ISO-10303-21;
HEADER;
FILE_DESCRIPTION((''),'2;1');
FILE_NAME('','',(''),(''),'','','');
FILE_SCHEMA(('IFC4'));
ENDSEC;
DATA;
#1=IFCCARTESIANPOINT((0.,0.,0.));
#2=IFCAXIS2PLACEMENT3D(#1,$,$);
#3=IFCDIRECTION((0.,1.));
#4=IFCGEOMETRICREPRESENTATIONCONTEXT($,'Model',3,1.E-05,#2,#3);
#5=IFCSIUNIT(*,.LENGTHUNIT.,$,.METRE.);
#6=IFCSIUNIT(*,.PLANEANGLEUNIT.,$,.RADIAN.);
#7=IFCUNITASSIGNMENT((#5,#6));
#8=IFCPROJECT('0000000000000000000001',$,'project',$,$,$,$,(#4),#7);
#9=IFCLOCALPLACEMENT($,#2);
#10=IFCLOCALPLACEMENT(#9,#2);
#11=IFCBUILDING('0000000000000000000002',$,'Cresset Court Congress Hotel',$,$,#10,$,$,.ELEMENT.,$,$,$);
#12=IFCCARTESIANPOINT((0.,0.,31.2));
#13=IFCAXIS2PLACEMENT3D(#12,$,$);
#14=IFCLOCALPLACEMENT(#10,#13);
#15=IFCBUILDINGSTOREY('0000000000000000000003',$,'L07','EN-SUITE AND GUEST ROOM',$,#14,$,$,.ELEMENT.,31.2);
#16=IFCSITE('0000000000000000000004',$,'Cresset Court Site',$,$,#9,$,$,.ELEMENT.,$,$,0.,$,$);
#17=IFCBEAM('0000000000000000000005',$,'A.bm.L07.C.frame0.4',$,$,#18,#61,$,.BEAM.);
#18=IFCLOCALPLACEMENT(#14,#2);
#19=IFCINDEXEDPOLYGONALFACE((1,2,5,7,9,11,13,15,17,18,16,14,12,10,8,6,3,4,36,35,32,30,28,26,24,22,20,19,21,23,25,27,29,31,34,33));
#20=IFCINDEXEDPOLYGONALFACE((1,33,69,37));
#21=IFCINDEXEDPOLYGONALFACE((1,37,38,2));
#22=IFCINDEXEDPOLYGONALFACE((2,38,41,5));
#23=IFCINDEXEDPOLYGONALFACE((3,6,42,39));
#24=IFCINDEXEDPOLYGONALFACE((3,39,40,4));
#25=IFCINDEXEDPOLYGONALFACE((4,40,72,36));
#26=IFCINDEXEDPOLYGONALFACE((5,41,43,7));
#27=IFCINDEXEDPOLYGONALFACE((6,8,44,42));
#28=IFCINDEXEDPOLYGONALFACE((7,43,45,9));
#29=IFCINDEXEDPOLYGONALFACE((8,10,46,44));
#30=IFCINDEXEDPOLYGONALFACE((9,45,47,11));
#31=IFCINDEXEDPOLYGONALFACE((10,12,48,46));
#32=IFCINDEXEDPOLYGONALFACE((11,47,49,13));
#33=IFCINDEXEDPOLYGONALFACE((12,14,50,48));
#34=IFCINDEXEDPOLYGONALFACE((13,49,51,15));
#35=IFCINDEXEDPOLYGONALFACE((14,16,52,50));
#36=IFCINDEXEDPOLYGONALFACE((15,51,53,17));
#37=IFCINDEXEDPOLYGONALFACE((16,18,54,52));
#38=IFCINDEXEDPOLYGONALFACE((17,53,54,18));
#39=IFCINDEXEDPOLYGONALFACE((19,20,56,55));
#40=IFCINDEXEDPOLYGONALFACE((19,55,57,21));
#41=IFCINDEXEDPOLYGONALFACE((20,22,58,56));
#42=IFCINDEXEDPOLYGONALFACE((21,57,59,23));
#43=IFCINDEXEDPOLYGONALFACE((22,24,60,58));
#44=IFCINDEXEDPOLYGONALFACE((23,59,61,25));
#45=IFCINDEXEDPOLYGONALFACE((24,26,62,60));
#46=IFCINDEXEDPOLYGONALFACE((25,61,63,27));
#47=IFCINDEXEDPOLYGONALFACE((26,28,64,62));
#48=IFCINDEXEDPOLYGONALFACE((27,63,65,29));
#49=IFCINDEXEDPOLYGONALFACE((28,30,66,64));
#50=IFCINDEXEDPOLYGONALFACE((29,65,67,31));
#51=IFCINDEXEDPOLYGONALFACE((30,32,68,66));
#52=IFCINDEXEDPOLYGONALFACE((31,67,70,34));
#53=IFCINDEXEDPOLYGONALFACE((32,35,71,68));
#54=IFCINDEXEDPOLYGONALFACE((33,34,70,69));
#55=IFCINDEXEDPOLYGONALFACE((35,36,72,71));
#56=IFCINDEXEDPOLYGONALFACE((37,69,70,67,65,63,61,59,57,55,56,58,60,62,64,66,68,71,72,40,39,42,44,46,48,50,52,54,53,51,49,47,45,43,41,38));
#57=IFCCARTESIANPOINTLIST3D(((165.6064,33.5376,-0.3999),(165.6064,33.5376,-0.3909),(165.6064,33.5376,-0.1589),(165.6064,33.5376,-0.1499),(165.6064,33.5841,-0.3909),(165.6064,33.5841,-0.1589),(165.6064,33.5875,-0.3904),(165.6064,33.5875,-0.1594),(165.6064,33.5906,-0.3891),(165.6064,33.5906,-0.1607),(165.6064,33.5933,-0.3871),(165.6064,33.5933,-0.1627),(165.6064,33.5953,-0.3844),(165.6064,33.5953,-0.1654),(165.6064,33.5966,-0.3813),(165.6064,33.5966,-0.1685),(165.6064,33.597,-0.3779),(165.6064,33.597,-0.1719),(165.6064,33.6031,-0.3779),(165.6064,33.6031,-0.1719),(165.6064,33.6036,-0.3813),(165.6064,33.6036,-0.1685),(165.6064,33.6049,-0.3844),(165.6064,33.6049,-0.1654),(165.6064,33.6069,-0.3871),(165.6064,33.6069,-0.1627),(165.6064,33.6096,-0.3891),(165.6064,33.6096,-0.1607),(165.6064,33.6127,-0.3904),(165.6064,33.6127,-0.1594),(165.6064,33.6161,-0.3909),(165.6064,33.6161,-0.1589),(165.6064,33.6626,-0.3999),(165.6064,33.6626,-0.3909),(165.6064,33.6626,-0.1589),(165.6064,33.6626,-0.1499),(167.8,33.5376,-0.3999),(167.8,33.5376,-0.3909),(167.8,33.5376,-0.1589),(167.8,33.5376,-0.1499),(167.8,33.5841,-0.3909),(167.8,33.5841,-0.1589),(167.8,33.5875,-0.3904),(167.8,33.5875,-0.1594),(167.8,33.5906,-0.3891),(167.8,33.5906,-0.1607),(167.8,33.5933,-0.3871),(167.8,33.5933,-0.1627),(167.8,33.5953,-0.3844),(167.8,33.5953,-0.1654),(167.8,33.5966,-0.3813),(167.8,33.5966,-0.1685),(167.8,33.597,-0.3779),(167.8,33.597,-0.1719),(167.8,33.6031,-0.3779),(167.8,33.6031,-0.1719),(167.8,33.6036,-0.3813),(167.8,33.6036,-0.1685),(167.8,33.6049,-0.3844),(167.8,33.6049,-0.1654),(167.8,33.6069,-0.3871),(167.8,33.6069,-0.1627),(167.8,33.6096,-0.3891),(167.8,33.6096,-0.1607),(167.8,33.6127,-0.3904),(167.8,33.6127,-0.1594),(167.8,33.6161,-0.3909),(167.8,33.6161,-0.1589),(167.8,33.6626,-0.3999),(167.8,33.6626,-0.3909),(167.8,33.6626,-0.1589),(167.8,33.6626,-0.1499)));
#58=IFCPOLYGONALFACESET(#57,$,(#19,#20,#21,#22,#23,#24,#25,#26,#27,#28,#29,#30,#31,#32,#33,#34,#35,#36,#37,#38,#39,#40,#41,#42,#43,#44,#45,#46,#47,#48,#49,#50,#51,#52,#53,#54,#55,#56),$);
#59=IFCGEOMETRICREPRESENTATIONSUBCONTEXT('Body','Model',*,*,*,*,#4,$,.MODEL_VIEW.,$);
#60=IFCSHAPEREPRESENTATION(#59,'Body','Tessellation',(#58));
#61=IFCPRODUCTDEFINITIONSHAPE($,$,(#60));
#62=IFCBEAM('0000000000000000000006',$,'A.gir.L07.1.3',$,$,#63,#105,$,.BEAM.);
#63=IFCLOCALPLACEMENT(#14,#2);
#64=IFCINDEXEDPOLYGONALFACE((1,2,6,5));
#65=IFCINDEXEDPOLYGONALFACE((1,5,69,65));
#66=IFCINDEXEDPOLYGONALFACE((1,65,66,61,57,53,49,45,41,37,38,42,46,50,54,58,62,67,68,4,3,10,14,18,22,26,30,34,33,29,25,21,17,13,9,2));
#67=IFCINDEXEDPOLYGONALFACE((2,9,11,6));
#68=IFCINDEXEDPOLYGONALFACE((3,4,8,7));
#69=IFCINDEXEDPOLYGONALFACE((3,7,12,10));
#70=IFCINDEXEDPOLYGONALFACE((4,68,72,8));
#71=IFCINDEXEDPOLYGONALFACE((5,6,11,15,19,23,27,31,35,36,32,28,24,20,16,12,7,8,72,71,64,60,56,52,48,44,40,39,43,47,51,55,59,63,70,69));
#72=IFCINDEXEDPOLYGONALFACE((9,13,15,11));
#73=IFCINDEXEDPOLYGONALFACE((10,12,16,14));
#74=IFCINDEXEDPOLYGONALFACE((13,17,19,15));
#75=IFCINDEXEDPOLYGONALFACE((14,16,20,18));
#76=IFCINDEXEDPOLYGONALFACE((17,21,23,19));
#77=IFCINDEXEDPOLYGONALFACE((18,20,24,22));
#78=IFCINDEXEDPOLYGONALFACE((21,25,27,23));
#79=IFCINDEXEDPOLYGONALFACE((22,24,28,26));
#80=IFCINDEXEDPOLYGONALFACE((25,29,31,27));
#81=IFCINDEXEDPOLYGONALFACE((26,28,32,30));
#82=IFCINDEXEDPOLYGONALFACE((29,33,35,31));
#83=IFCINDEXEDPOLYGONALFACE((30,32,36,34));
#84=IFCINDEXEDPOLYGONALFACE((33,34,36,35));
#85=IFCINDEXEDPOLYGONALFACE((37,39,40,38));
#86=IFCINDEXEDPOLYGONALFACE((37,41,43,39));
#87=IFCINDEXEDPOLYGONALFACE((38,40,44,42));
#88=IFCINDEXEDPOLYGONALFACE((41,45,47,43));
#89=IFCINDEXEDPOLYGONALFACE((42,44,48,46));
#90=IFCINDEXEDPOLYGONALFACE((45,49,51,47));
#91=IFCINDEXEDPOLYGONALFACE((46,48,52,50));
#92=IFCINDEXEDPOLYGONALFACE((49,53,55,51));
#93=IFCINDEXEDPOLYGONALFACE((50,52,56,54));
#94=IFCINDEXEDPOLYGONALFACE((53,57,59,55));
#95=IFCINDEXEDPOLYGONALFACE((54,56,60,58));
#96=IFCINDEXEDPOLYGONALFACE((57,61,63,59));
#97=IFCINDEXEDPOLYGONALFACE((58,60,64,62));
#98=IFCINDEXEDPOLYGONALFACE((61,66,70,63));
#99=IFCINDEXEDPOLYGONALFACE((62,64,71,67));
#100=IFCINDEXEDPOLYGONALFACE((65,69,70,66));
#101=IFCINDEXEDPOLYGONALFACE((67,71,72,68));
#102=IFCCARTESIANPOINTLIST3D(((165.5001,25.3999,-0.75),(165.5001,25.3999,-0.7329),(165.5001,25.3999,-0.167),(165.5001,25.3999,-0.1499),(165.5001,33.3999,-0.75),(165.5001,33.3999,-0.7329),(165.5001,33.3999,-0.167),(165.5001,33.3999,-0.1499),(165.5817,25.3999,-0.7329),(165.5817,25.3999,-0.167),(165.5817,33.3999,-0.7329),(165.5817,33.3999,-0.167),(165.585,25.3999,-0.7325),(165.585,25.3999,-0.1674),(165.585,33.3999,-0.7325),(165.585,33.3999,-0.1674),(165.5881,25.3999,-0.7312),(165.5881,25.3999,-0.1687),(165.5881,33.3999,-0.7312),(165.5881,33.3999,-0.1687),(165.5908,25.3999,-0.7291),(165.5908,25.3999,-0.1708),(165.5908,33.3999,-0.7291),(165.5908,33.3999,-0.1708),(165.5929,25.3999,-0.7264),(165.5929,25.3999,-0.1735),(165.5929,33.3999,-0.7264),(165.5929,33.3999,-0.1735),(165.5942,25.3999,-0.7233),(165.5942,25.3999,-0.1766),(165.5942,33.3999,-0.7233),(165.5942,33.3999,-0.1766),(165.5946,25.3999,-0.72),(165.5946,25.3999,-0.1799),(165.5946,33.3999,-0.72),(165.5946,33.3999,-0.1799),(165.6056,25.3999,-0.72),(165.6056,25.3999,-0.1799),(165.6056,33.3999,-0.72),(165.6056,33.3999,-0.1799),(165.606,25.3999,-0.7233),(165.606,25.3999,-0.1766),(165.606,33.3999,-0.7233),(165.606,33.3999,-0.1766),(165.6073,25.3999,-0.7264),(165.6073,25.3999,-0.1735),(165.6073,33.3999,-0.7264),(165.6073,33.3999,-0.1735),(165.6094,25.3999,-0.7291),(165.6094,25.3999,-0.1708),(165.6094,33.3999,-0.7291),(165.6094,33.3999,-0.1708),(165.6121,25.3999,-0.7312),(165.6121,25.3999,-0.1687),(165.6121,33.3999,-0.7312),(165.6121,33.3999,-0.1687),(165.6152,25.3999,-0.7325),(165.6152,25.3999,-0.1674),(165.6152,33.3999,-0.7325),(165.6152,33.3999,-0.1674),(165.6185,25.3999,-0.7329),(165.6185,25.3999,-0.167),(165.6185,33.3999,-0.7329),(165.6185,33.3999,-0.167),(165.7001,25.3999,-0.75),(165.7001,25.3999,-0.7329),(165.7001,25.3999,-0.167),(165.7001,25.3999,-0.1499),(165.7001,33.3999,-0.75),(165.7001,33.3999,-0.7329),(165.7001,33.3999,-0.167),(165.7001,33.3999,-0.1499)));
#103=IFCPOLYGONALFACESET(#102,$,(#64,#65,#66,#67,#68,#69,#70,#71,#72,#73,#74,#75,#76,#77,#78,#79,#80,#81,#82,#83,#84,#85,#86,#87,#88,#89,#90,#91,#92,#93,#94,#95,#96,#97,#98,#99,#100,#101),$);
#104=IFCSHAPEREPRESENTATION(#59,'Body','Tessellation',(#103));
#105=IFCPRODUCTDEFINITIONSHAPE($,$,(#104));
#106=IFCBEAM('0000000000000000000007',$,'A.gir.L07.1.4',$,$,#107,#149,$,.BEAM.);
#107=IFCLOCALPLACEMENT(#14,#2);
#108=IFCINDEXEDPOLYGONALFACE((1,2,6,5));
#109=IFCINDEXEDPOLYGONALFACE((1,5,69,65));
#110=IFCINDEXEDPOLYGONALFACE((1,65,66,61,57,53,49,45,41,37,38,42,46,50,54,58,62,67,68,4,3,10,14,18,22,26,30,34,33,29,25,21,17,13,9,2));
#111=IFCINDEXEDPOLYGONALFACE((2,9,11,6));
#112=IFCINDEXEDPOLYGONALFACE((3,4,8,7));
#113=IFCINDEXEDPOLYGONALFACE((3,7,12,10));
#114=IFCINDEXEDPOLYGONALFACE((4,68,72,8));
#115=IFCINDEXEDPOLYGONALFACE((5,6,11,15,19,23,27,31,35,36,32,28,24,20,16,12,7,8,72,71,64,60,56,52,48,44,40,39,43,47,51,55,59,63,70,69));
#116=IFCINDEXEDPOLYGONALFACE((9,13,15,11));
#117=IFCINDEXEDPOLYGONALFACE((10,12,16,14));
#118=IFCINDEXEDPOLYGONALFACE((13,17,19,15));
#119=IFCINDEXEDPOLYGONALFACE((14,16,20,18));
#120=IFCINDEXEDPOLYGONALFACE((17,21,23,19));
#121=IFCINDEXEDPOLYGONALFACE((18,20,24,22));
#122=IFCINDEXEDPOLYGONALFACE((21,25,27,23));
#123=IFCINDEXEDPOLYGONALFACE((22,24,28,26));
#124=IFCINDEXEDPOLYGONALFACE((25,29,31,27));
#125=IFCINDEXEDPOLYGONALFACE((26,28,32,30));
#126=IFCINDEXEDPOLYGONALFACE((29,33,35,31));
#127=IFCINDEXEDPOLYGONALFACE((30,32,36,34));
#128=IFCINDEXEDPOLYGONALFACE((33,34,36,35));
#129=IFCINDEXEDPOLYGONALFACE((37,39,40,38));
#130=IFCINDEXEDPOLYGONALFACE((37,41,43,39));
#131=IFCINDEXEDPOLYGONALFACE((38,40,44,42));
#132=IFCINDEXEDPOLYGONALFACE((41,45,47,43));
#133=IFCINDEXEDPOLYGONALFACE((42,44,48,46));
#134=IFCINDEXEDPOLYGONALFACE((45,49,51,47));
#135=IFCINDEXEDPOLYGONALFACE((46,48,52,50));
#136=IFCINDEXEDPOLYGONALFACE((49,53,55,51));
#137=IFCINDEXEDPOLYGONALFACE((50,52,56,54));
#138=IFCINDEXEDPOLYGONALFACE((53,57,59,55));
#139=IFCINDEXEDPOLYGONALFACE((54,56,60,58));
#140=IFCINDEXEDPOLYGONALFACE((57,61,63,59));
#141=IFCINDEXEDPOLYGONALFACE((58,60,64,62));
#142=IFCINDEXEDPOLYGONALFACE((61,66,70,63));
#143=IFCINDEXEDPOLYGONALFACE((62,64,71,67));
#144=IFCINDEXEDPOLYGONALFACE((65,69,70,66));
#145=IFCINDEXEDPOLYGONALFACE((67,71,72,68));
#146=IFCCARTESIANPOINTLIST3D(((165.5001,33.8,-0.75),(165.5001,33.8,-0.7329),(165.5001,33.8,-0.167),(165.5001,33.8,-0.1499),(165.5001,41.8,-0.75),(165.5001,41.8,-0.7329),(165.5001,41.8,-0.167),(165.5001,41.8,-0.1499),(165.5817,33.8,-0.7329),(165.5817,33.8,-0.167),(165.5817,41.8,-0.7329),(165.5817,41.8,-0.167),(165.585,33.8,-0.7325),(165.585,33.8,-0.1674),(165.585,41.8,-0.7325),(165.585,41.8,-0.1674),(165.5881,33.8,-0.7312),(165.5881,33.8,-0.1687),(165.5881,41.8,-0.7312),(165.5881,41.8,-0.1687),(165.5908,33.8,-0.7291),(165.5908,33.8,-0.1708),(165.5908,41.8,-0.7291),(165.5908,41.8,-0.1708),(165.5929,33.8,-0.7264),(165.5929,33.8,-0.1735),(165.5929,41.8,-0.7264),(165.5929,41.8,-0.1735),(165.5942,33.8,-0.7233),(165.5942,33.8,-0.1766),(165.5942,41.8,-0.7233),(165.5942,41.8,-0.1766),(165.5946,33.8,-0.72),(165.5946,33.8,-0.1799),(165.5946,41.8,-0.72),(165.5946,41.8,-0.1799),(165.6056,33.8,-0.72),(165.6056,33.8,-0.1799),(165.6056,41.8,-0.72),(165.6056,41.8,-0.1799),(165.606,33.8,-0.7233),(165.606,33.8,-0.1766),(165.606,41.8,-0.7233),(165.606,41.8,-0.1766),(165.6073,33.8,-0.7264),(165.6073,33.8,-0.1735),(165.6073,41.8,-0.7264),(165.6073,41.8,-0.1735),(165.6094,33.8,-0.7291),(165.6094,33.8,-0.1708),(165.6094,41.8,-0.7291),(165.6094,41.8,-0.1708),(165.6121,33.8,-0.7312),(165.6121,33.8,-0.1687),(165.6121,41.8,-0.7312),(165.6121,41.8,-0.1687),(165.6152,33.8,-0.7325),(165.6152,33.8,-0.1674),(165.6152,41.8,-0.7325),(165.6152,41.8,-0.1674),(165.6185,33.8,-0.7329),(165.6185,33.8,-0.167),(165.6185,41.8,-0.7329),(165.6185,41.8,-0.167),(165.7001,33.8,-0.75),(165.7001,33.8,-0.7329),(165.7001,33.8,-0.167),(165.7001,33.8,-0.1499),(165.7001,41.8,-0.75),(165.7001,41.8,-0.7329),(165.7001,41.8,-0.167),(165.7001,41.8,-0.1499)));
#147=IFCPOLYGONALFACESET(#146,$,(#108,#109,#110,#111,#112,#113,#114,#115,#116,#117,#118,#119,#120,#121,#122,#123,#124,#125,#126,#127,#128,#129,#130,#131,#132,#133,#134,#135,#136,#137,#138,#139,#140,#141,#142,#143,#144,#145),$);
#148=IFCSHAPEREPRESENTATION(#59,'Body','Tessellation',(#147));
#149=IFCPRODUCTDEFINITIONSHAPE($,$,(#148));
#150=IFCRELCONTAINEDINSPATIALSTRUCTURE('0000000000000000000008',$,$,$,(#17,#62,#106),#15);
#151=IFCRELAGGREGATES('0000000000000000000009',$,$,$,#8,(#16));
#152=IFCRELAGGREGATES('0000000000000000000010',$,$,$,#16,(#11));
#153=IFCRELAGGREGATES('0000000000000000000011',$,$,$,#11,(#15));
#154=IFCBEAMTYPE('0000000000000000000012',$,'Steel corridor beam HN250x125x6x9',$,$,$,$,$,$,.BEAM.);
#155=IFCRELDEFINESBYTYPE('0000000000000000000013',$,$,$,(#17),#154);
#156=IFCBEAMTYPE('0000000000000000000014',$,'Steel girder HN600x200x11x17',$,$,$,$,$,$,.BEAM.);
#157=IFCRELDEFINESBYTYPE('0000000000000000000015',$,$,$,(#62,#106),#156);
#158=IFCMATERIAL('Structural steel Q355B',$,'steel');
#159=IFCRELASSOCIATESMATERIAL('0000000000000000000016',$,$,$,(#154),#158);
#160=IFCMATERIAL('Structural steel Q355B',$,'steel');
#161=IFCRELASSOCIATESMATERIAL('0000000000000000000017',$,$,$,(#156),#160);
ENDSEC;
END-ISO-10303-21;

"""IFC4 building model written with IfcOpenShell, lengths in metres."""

from ifc_helpers import new_model, si_unit, direction, frame, origin, origin_2d, place, context, subcontext, project, spatial, i_section, extrude, material, material_profile, profile_set, type_object, element, save


model = new_model("IFC4")

# Units and contexts
model_context = context("Model", 3, precision=1e-05, world=origin(), true_north=direction((0.0, 1.0)))
body_context = subcontext(model_context, "Body", "Model", "MODEL_VIEW")
ifc_project = project(units=[si_unit("LENGTHUNIT", "METRE"), si_unit("PLANEANGLEUNIT", "RADIAN")], contexts=[model_context])

# Site, building, storey
site_placement = place(None, origin())
site = spatial("IfcSite", under=ifc_project, at=site_placement, Name="Cresset Court Site", CompositionType="ELEMENT", RefElevation=0.0)
building_placement = place(site_placement, origin())
building = spatial("IfcBuilding", under=site, at=building_placement, Name="Cresset Court Congress Hotel", CompositionType="ELEMENT")
storey_placement = place(building_placement, frame((0.0, 0.0, 31.2)))
storey = spatial("IfcBuildingStorey", under=building, at=storey_placement, Name="L07", Description="EN-SUITE AND GUEST ROOM", CompositionType="ELEMENT", Elevation=31.2)

# Beams
ifc_material_1 = material(Name="Structural steel Q355B", Category="steel")
ifc_material_profile_1 = material_profile(ifc_material_1, i_section(OverallWidth=0.125, OverallDepth=0.25, WebThickness=0.0061, FlangeThickness=0.009, FilletRadius=0.0129, at=origin_2d()), Name="HN250x125x6x9")
ifc_profile_set_1 = profile_set([ifc_material_profile_1], Name="Structural steel Q355B")
beam_type_1 = type_object("IfcBeamType", Name="Steel corridor beam HN250x125x6x9", PredefinedType="BEAM", material=ifc_profile_set_1)
beam_1_placement = place(storey_placement, frame((165.6064, 33.6001, -0.2749), z_axis=(1.0, 0.0, 0.0), x_axis=(0.0, 1.0, 0.0)))
element("IfcBeam", 1, at=beam_1_placement, inside=storey, type_object=beam_type_1, Name="A.bm.L07.C.frame0.4", PredefinedType="BEAM", context=body_context, shape_type="SweptSolid", body=[
    extrude(i_section(OverallWidth=0.125, OverallDepth=0.25, WebThickness=0.0061, FlangeThickness=0.009, FilletRadius=0.0129, at=origin_2d()), origin(), (0.0, 0.0, 1.0), 2.1936),
])
ifc_material_2 = material(Name="Structural steel Q355B", Category="steel")
ifc_material_profile_2 = material_profile(ifc_material_2, i_section(OverallWidth=0.2, OverallDepth=0.6001, WebThickness=0.011, FlangeThickness=0.0171, FilletRadius=0.0129, at=origin_2d()), Name="HN600x200x11x17")
ifc_profile_set_2 = profile_set([ifc_material_profile_2], Name="Structural steel Q355B")
beam_type_2 = type_object("IfcBeamType", Name="Steel girder HN600x200x11x17", PredefinedType="BEAM", material=ifc_profile_set_2)
for number, where, z_axis, x_axis, name in (
    (2, (165.6001, 25.3999, -0.45), (0.0, 1.0, 0.0), (-1.0, 0.0, 0.0), "A.gir.L07.1.3"),
    (3, (165.6001, 33.8, -0.45), (0.0, 1.0, 0.0), (-1.0, 0.0, 0.0), "A.gir.L07.1.4"),
):
    element("IfcBeam", number, at=place(storey_placement, frame(where, z_axis=z_axis, x_axis=x_axis)), inside=storey, type_object=beam_type_2, Name=name, PredefinedType="BEAM", context=body_context, shape_type="SweptSolid", body=[
        extrude(i_section(OverallWidth=0.2, OverallDepth=0.6001, WebThickness=0.011, FlangeThickness=0.0171, FilletRadius=0.0129, at=origin_2d()), origin(), (0.0, 0.0, 1.0), 8.0),
    ])

save(model, "model.ifc")
